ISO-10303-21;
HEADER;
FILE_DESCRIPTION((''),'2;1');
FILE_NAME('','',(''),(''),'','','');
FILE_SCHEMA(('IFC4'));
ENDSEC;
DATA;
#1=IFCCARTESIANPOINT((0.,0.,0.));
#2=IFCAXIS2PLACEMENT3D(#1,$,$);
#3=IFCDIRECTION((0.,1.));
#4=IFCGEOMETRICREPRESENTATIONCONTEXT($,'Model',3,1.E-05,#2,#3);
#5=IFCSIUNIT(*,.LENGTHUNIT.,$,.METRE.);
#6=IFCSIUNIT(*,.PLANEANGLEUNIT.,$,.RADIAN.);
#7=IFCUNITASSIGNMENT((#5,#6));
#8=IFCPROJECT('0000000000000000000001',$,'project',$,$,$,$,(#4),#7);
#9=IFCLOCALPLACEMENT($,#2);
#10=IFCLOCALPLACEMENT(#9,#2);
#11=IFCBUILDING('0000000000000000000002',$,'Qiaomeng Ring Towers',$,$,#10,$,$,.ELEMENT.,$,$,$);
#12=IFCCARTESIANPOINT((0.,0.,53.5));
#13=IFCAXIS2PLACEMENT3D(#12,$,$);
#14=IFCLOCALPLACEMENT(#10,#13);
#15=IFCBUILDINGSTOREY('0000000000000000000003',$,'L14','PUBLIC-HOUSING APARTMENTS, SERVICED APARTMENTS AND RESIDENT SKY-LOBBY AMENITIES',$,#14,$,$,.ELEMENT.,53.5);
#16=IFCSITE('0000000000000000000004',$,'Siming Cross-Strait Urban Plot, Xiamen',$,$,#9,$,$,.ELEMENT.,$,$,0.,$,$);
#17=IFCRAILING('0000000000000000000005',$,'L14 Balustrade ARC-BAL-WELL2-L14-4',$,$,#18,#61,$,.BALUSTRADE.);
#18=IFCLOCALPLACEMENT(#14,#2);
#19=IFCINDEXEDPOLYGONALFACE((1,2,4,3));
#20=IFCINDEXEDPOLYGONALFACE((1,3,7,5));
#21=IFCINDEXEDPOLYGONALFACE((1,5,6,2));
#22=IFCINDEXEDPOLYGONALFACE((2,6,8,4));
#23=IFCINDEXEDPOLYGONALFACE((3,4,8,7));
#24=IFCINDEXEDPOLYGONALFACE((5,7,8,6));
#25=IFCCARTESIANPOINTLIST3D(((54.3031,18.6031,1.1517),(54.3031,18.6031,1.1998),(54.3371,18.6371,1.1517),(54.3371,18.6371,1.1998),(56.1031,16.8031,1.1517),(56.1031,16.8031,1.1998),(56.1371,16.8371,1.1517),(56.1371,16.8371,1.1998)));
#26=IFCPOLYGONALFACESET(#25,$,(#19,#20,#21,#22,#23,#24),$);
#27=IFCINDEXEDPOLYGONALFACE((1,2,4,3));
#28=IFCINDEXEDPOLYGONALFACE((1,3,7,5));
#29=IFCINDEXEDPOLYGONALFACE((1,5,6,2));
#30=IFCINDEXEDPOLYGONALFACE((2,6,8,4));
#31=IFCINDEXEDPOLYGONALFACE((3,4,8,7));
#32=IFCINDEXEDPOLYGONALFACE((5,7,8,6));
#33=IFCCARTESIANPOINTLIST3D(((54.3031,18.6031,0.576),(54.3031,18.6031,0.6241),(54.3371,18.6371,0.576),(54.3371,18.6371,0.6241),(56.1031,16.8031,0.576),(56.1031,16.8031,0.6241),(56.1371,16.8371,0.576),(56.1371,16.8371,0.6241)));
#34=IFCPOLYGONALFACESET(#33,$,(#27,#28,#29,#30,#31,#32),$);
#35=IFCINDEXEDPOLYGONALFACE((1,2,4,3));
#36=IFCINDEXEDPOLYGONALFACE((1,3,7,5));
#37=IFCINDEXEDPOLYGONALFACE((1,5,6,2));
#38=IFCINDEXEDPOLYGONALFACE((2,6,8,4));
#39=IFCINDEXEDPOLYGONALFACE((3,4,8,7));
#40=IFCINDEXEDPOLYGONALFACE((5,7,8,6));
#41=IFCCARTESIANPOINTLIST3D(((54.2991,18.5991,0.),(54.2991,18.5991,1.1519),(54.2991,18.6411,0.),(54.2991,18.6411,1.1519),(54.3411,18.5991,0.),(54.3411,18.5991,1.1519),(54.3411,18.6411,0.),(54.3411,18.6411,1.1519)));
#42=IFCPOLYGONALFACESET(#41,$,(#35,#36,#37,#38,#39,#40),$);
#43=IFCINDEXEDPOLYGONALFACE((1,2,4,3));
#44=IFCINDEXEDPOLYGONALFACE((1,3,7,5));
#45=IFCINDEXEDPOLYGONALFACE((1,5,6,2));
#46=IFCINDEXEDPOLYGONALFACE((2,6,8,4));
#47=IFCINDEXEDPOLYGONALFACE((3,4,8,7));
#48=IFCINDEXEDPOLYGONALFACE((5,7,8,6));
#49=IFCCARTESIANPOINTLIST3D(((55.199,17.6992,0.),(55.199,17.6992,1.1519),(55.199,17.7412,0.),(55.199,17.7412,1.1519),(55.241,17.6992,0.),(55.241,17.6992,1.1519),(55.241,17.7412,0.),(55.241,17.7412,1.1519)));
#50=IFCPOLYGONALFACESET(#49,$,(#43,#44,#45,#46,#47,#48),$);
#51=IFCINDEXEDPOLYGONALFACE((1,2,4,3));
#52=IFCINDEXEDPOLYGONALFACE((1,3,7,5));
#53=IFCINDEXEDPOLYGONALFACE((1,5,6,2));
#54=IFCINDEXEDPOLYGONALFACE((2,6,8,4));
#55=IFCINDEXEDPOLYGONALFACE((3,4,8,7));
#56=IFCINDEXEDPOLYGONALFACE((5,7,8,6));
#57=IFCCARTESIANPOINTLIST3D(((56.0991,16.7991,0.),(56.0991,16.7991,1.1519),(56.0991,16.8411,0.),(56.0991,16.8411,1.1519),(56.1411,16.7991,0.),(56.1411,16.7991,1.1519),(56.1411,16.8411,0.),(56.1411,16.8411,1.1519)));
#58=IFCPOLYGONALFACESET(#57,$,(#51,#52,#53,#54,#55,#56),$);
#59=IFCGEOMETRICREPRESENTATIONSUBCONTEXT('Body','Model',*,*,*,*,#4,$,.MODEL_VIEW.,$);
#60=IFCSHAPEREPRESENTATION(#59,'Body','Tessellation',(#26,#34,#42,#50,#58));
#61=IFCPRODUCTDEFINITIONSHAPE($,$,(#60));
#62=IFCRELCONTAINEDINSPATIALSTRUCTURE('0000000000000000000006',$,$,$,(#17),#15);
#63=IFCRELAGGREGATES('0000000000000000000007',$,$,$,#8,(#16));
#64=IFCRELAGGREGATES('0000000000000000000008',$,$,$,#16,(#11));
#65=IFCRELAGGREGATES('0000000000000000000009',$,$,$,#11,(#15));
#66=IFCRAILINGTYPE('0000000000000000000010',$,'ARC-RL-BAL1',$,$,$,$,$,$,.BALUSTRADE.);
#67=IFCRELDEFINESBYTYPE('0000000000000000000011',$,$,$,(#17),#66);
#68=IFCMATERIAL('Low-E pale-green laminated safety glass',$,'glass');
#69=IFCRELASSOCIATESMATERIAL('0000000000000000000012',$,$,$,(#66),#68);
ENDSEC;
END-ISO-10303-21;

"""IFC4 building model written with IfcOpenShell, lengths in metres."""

from ifc_helpers import new_model, si_unit, direction, frame, origin, origin_2d, place, context, subcontext, project, spatial, rectangle, extrude, material, type_object, element, save


model = new_model("IFC4")

# Units and contexts
model_context = context("Model", 3, precision=1e-05, world=origin(), true_north=direction((0.0, 1.0)))
body_context = subcontext(model_context, "Body", "Model", "MODEL_VIEW")
ifc_project = project(units=[si_unit("LENGTHUNIT", "METRE"), si_unit("PLANEANGLEUNIT", "RADIAN")], contexts=[model_context])

# Site, building, storey
site_placement = place(None, origin())
site = spatial("IfcSite", under=ifc_project, at=site_placement, Name="Siming Cross-Strait Urban Plot, Xiamen", CompositionType="ELEMENT", RefElevation=0.0)
building_placement = place(site_placement, origin())
building = spatial("IfcBuilding", under=site, at=building_placement, Name="Qiaomeng Ring Towers", CompositionType="ELEMENT")
storey_placement = place(building_placement, frame((0.0, 0.0, 53.5)))
storey = spatial("IfcBuildingStorey", under=building, at=storey_placement, Name="L14", Description="PUBLIC-HOUSING APARTMENTS, SERVICED APARTMENTS AND RESIDENT SKY-LOBBY AMENITIES", CompositionType="ELEMENT", Elevation=53.5)

# Railing
ifc_material_1 = material(Name="Low-E pale-green laminated safety glass", Category="glass")
railing_type = type_object("IfcRailingType", Name="ARC-RL-BAL1", PredefinedType="BALUSTRADE", material=ifc_material_1)
railing_placement = place(storey_placement, frame((54.3201, 18.6201, 0.0)))
element("IfcRailing", 1, at=railing_placement, inside=storey, type_object=railing_type, Name="L14 Balustrade ARC-BAL-WELL2-L14-4", PredefinedType="BALUSTRADE", context=body_context, shape_type="SweptSolid", body=[
    extrude(rectangle(XDim=0.0481, YDim=0.0481, at=origin_2d()), frame((0.0, 0.0, 1.1758), z_axis=(0.707107, -0.707107, 0.0), x_axis=(0.707107, 0.707107, 0.0)), (0.0, 0.0, 1.0), 2.5457),
    extrude(rectangle(XDim=0.0481, YDim=0.0481, at=origin_2d()), frame((0.0, 0.0, 0.6001), z_axis=(0.707107, -0.707107, 0.0), x_axis=(0.707107, 0.707107, 0.0)), (0.0, 0.0, 1.0), 2.5457),
    extrude(rectangle(XDim=0.042, YDim=0.042, at=origin_2d()), origin(), (0.0, 0.0, 1.0), 1.1519),
    extrude(rectangle(XDim=0.042, YDim=0.042, at=origin_2d()), frame((0.8999, -0.8999, 0.0)), (0.0, 0.0, 1.0), 1.1519),
    extrude(rectangle(XDim=0.042, YDim=0.042, at=origin_2d()), frame((1.8, -1.8, 0.0)), (0.0, 0.0, 1.0), 1.1519),
])

save(model, "model.ifc")
